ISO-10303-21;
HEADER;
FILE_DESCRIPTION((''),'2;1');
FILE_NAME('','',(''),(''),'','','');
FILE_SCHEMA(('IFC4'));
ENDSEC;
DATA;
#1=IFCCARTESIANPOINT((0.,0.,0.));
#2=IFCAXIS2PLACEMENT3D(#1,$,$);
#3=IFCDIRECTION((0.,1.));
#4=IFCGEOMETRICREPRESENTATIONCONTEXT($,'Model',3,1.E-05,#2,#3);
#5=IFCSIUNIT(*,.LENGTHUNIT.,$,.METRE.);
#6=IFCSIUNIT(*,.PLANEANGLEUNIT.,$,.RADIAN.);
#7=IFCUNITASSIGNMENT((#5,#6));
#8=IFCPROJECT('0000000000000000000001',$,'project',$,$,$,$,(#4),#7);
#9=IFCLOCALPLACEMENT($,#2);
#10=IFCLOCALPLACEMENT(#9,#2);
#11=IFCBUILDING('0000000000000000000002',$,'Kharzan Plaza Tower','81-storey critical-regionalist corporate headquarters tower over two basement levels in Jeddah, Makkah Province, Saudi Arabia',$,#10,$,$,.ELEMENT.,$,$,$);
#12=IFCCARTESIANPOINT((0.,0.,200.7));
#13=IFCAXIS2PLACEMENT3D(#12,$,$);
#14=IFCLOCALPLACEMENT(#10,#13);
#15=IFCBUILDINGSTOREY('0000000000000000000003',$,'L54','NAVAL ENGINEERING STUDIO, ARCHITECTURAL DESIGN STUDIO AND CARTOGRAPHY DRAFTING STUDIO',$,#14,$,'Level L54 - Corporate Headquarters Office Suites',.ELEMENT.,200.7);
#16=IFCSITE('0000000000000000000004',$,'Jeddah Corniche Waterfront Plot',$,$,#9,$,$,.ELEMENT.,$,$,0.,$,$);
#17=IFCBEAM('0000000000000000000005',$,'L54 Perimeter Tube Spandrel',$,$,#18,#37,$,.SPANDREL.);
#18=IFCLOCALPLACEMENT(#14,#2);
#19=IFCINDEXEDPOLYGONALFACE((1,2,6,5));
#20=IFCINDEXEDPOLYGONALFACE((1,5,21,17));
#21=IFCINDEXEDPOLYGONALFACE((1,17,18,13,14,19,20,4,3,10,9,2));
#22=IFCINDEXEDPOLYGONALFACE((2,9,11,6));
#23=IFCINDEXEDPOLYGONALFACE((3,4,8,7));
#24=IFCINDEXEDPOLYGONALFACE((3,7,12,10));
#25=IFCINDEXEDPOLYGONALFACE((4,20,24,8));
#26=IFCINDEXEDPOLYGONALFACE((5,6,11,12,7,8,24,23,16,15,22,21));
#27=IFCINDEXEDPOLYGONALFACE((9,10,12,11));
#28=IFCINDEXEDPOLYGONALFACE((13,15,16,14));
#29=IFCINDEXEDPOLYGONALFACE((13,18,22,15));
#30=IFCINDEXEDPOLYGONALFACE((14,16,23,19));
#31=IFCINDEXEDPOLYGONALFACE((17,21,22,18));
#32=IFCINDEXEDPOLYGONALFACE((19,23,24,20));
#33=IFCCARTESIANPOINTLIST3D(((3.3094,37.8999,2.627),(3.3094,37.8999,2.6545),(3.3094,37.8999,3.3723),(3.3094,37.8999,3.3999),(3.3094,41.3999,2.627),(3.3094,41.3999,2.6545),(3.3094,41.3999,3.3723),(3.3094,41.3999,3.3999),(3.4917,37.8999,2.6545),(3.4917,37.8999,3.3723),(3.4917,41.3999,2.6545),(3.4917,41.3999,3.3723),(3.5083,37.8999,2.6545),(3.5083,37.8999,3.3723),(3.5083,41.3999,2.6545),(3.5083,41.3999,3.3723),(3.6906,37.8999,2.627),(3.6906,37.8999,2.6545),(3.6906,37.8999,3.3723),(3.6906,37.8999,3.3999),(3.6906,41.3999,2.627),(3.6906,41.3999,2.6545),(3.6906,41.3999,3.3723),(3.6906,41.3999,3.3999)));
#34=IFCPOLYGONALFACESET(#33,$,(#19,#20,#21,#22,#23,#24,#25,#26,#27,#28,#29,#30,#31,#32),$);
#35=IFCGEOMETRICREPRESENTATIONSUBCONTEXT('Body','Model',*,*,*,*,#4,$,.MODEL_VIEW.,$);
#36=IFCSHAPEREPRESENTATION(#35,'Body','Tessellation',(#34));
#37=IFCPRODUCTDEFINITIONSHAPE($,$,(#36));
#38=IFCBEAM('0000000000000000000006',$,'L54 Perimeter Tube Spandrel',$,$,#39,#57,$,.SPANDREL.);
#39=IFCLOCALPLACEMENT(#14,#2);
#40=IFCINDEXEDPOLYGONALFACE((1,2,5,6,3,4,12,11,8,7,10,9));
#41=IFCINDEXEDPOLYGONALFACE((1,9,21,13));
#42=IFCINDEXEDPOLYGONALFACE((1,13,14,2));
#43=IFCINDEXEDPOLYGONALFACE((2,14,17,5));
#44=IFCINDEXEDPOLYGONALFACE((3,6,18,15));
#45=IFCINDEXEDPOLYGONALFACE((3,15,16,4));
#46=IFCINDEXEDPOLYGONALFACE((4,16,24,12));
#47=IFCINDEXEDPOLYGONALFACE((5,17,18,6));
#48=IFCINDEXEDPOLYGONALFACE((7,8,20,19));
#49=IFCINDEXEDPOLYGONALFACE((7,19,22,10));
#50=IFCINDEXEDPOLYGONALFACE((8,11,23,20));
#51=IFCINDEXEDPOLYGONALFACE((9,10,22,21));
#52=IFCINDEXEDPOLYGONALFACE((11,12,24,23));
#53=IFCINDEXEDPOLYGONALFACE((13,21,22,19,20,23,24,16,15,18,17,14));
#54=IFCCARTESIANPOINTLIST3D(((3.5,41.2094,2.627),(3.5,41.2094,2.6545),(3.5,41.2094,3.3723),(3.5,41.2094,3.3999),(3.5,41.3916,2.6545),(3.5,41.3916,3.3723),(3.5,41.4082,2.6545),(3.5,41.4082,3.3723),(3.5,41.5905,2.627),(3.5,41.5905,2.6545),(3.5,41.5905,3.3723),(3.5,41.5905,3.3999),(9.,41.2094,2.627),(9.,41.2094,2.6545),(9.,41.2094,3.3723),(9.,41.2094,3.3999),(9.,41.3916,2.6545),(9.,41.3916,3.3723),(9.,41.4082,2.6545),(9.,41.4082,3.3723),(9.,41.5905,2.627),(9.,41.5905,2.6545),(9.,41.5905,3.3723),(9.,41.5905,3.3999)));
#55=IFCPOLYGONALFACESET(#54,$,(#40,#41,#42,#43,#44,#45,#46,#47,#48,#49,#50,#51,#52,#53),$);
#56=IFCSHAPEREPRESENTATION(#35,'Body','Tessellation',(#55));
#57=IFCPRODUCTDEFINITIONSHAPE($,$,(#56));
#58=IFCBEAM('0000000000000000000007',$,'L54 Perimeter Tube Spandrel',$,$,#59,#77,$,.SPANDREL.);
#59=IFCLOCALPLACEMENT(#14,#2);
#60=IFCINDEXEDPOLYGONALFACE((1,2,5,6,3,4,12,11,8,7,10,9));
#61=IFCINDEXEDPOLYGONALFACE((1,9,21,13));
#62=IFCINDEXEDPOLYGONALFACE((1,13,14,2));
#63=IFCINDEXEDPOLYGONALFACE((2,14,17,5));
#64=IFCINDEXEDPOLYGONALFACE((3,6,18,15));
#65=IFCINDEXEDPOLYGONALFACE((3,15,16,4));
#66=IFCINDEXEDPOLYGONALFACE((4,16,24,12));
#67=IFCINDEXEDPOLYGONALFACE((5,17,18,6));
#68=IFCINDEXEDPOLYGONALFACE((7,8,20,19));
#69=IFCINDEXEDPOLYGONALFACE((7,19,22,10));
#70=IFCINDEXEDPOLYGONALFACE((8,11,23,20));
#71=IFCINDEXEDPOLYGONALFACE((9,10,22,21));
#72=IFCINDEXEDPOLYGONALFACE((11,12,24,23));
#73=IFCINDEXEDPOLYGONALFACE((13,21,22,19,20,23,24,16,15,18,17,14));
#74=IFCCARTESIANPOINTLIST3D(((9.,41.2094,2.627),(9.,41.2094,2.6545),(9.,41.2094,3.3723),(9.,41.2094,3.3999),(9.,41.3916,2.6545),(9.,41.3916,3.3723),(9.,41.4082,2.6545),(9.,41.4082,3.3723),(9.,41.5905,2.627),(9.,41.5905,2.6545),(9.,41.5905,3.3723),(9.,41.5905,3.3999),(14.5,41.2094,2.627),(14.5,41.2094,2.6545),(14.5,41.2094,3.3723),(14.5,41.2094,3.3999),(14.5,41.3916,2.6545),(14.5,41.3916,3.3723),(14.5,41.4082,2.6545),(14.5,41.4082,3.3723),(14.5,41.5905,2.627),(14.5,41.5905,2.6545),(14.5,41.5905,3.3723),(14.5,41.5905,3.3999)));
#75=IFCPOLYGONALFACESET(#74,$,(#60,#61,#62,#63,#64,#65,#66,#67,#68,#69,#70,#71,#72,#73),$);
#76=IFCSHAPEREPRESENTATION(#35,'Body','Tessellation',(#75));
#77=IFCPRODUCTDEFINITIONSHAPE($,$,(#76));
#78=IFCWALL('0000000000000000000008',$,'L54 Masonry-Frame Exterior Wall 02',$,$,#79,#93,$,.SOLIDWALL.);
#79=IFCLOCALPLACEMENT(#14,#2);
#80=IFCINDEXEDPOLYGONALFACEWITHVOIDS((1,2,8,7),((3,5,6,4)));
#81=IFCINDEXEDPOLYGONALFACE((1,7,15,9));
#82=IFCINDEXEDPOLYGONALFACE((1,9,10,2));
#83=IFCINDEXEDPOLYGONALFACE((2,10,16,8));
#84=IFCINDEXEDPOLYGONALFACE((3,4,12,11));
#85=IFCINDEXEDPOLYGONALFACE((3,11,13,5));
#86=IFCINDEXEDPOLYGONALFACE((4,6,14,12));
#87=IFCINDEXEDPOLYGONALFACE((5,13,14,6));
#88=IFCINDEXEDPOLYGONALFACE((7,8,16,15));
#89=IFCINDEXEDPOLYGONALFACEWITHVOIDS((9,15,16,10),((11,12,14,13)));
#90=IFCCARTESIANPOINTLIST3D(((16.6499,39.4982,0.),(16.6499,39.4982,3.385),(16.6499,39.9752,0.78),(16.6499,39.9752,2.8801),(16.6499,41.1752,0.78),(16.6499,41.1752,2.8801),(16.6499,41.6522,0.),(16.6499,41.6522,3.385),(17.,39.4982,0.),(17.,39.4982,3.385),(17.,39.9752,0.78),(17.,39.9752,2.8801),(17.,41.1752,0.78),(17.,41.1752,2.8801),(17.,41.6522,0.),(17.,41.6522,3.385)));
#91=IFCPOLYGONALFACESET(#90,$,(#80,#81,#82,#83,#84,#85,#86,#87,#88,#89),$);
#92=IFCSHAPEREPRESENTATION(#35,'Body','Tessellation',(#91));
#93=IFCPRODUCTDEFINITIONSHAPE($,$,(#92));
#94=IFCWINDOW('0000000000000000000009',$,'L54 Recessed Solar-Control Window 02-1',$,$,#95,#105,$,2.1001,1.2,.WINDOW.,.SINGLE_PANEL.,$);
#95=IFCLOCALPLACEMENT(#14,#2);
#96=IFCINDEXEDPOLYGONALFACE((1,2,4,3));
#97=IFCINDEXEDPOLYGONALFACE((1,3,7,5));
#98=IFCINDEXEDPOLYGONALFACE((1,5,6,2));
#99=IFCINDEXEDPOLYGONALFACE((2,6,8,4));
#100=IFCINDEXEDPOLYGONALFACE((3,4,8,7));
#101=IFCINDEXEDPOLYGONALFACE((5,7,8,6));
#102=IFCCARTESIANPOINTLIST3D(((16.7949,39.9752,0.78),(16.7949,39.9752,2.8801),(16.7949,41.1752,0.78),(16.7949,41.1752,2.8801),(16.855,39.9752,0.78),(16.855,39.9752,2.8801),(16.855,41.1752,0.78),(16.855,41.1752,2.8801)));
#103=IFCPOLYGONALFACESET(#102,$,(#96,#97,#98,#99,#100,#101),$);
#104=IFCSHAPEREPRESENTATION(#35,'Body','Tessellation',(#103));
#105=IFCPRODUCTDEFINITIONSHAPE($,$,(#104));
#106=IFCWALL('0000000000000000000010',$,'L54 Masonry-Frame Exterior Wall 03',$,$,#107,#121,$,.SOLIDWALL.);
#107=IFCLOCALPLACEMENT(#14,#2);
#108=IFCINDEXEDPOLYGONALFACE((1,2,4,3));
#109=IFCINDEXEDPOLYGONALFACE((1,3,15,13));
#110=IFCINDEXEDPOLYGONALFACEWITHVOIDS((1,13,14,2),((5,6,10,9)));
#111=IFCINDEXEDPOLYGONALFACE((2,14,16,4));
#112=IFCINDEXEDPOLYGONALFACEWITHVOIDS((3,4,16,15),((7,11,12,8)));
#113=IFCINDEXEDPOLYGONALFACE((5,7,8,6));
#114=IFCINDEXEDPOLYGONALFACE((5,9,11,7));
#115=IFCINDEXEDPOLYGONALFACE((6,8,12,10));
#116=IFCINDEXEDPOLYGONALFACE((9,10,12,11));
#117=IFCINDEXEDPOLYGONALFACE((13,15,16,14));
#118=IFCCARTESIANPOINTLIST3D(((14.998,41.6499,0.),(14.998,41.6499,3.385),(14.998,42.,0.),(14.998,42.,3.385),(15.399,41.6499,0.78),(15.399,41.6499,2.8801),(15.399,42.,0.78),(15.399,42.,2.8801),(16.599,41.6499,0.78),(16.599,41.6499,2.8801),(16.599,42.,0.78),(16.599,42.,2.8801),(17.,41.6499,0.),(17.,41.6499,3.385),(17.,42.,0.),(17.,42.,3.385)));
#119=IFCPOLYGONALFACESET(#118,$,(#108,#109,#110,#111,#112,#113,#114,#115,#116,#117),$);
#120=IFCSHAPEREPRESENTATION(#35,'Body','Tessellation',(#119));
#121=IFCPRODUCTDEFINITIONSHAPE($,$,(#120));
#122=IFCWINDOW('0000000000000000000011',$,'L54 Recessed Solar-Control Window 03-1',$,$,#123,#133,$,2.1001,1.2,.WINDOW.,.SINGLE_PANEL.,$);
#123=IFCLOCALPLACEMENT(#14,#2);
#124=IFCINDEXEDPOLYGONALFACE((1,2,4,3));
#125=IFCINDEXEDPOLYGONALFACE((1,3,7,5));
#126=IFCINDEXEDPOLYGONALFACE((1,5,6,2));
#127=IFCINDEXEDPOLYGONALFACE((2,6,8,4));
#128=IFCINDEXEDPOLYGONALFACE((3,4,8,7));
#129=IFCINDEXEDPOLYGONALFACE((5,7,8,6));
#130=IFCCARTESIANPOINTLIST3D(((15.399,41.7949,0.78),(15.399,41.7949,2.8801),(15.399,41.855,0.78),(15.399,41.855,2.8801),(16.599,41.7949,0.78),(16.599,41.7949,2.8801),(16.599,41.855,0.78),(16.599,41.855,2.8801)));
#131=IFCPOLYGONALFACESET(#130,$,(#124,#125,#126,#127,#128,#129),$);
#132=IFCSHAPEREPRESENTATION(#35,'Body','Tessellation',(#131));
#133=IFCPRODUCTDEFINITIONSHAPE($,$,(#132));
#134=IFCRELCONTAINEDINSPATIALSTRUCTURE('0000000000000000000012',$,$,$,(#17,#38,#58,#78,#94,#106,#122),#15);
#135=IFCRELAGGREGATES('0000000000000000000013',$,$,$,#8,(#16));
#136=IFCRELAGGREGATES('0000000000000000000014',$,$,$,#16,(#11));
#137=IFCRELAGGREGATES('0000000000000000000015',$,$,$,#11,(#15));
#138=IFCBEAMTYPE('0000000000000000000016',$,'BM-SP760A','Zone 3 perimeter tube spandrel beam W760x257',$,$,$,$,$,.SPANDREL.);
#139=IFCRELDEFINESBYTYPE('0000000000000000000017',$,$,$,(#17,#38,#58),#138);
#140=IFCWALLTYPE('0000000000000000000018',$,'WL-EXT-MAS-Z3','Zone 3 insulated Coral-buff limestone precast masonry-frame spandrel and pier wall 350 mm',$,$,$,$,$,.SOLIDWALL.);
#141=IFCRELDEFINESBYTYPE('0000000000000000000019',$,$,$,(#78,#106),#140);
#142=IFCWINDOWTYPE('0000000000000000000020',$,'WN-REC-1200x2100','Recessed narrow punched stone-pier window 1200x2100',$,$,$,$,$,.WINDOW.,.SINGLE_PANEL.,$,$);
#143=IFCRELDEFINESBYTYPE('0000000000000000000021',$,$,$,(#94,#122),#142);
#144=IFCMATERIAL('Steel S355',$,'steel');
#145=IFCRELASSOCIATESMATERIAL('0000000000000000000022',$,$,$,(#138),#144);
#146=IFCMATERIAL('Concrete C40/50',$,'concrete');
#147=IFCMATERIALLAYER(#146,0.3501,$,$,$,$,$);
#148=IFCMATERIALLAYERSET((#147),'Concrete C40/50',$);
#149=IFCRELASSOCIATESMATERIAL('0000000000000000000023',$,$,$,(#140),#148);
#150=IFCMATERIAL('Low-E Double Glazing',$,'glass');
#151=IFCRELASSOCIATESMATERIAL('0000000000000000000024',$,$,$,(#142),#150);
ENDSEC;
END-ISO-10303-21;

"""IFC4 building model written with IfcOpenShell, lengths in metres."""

from ifc_helpers import new_model, si_unit, direction, frame, frame_2d, origin, origin_2d, place, context, subcontext, project, spatial, rectangle, i_section, extrude, source, transform, mapped, material, layer, layer_set, material_profile, profile_set, type_object, element, fill, save


model = new_model("IFC4")

# Units and contexts
model_context = context("Model", 3, precision=1e-05, world=origin(), true_north=direction((0.0, 1.0)))
body_context = subcontext(model_context, "Body", "Model", "MODEL_VIEW")
ifc_project = project(units=[si_unit("LENGTHUNIT", "METRE"), si_unit("PLANEANGLEUNIT", "RADIAN")], contexts=[model_context])

# Site, building, storey
site_placement = place(None, origin())
site = spatial("IfcSite", under=ifc_project, at=site_placement, Name="Jeddah Corniche Waterfront Plot", CompositionType="ELEMENT", RefElevation=0.0)
building_placement = place(site_placement, origin())
building = spatial("IfcBuilding", under=site, at=building_placement, Name="Kharzan Plaza Tower", Description="81-storey critical-regionalist corporate headquarters tower over two basement levels in Jeddah, Makkah Province, Saudi Arabia", CompositionType="ELEMENT")
storey_placement = place(building_placement, frame((0.0, 0.0, 200.7)))
storey = spatial("IfcBuildingStorey", under=building, at=storey_placement, Name="L54", Description="NAVAL ENGINEERING STUDIO, ARCHITECTURAL DESIGN STUDIO AND CARTOGRAPHY DRAFTING STUDIO", LongName="Level L54 - Corporate Headquarters Office Suites", CompositionType="ELEMENT", Elevation=200.7)

# Beams
ifc_material_1 = material(Name="Steel S355", Category="steel")
ifc_material_profile_1 = material_profile(ifc_material_1, i_section(OverallWidth=0.3811, OverallDepth=0.7729, WebThickness=0.0166, FlangeThickness=0.0276, at=origin_2d()), Name="W760x257")
ifc_profile_set_1 = profile_set([ifc_material_profile_1], Name="Steel S355")
beam_type_1 = type_object("IfcBeamType", Name="BM-SP760A", Description="Zone 3 perimeter tube spandrel beam W760x257", PredefinedType="SPANDREL", material=ifc_profile_set_1)
shared_shape_1 = source(origin(), body_context, "Body", "SweptSolid", [
    extrude(i_section(OverallWidth=0.3811, OverallDepth=0.7729, WebThickness=0.0166, FlangeThickness=0.0276, at=origin_2d()), origin(), (0.0, 0.0, 1.0), 3.5),
])
beam_1_placement = place(storey_placement, frame((3.5, 37.8999, 3.0134), z_axis=(0.0, 1.0, 0.0), x_axis=(-1.0, 0.0, 0.0)))
element("IfcBeam", 1, at=beam_1_placement, inside=storey, type_object=beam_type_1, Name="L54 Perimeter Tube Spandrel", PredefinedType="SPANDREL", context=body_context, shape_type="MappedRepresentation", body=[
    mapped(shared_shape_1, transform((0.0, 0.0, 0.0), x_axis=(1.0, 0.0, 0.0), y_axis=(0.0, 1.0, 0.0), z_axis=(0.0, 0.0, 1.0))),
])
shared_shape_2 = source(origin(), body_context, "Body", "SweptSolid", [
    extrude(i_section(OverallWidth=0.3811, OverallDepth=0.7729, WebThickness=0.0166, FlangeThickness=0.0276, at=origin_2d()), origin(), (0.0, 0.0, 1.0), 5.5),
])
for number, where, z_axis, x_axis, name in (
    (2, (3.5, 41.3999, 3.0134), (1.0, 0.0, 0.0), (0.0, 1.0, 0.0), "L54 Perimeter Tube Spandrel"),
    (3, (9.0, 41.3999, 3.0134), (1.0, 0.0, 0.0), (0.0, 1.0, 0.0), "L54 Perimeter Tube Spandrel"),
):
    element("IfcBeam", number, at=place(storey_placement, frame(where, z_axis=z_axis, x_axis=x_axis)), inside=storey, type_object=beam_type_1, Name=name, PredefinedType="SPANDREL", context=body_context, shape_type="MappedRepresentation", body=[
        mapped(shared_shape_2, transform((0.0, 0.0, 0.0), x_axis=(1.0, 0.0, 0.0), y_axis=(0.0, 1.0, 0.0), z_axis=(0.0, 0.0, 1.0))),
    ])

# Walls, openings, windows
ifc_material_2 = material(Name="Concrete C40/50", Category="concrete")
ifc_layer_1 = layer(ifc_material_2, 0.3501)
ifc_layer_set_1 = layer_set([ifc_layer_1], Name="Concrete C40/50")
wall_type_1 = type_object("IfcWallType", Name="WL-EXT-MAS-Z3", Description="Zone 3 insulated Coral-buff limestone precast masonry-frame spandrel and pier wall 350 mm", PredefinedType="SOLIDWALL", material=ifc_layer_set_1)
wall_1_placement = place(storey_placement, frame((16.825, 39.498, 0.0), z_axis=(0.0, 0.0, 1.0), x_axis=(0.0, 1.0, 0.0)))
wall_1 = element("IfcWall", 4, at=wall_1_placement, inside=storey, type_object=wall_type_1, Name="L54 Masonry-Frame Exterior Wall 02", PredefinedType="SOLIDWALL", context=body_context, shape_type="SweptSolid", body=[
    extrude(rectangle(XDim=2.1541, YDim=0.3501, at=frame_2d((1.0771, 0.0))), origin(), (0.0, 0.0, 1.0), 3.385),
])
opening_1_placement = place(wall_1_placement, frame((0.4771, 0.0, 0.78)))
opening_1 = element("IfcOpeningElement", 5, at=opening_1_placement, cuts=wall_1, PredefinedType="OPENING", context=body_context, shape_type="SweptSolid", body=[
    extrude(rectangle(XDim=1.2, YDim=2.1001, at=frame_2d((0.6001, 1.05))), frame((0.0, 0.1851, 0.0), z_axis=(0.0, -1.0, 0.0), x_axis=(1.0, 0.0, 0.0)), (0.0, 0.0, 1.0), 0.3701),
])
ifc_material_3 = material(Name="Low-E Double Glazing", Category="glass")
window_type_1 = type_object("IfcWindowType", Name="WN-REC-1200x2100", Description="Recessed narrow punched stone-pier window 1200x2100", PartitioningType="SINGLE_PANEL", PredefinedType="WINDOW", material=ifc_material_3)
shared_shape_3 = source(origin(), body_context, "Body", "SweptSolid", [
    extrude(rectangle(XDim=1.2, YDim=2.1001, at=frame_2d((0.6001, 1.05))), frame((0.0, 0.03, 0.0), z_axis=(0.0, -1.0, 0.0), x_axis=(1.0, 0.0, 0.0)), (0.0, 0.0, 1.0), 0.0601),
])
window_1_placement = place(opening_1_placement, origin())
window_1 = element("IfcWindow", 6, at=window_1_placement, inside=storey, type_object=window_type_1, Name="L54 Recessed Solar-Control Window 02-1", OverallHeight=2.1001, OverallWidth=1.2, PartitioningType="SINGLE_PANEL", PredefinedType="WINDOW", context=body_context, shape_type="MappedRepresentation", body=[
    mapped(shared_shape_3, transform((0.0, 0.0, 0.0), x_axis=(1.0, 0.0, 0.0), y_axis=(0.0, 1.0, 0.0), z_axis=(0.0, 0.0, 1.0))),
])
fill(opening_1, window_1)
wall_2_placement = place(storey_placement, frame((17.0, 41.825, 0.0), z_axis=(0.0, 0.0, 1.0), x_axis=(-1.0, 0.0, 0.0)))
wall_2 = element("IfcWall", 7, at=wall_2_placement, inside=storey, type_object=wall_type_1, Name="L54 Masonry-Frame Exterior Wall 03", PredefinedType="SOLIDWALL", context=body_context, shape_type="SweptSolid", body=[
    extrude(rectangle(XDim=2.002, YDim=0.3501, at=frame_2d((1.001, 0.0))), origin(), (0.0, 0.0, 1.0), 3.385),
])
opening_2_placement = place(wall_2_placement, frame((0.4009, 0.0, 0.78)))
opening_2 = element("IfcOpeningElement", 8, at=opening_2_placement, cuts=wall_2, PredefinedType="OPENING", context=body_context, shape_type="SweptSolid", body=[
    extrude(rectangle(XDim=1.2, YDim=2.1001, at=frame_2d((0.6001, 1.05))), frame((0.0, 0.1851, 0.0), z_axis=(0.0, -1.0, 0.0), x_axis=(1.0, 0.0, 0.0)), (0.0, 0.0, 1.0), 0.3701),
])
window_2_placement = place(opening_2_placement, origin())
window_2 = element("IfcWindow", 9, at=window_2_placement, inside=storey, type_object=window_type_1, Name="L54 Recessed Solar-Control Window 03-1", OverallHeight=2.1001, OverallWidth=1.2, PartitioningType="SINGLE_PANEL", PredefinedType="WINDOW", context=body_context, shape_type="MappedRepresentation", body=[
    mapped(shared_shape_3, transform((0.0, 0.0, 0.0), x_axis=(1.0, 0.0, 0.0), y_axis=(0.0, 1.0, 0.0), z_axis=(0.0, 0.0, 1.0))),
])
fill(opening_2, window_2)

save(model, "model.ifc")
